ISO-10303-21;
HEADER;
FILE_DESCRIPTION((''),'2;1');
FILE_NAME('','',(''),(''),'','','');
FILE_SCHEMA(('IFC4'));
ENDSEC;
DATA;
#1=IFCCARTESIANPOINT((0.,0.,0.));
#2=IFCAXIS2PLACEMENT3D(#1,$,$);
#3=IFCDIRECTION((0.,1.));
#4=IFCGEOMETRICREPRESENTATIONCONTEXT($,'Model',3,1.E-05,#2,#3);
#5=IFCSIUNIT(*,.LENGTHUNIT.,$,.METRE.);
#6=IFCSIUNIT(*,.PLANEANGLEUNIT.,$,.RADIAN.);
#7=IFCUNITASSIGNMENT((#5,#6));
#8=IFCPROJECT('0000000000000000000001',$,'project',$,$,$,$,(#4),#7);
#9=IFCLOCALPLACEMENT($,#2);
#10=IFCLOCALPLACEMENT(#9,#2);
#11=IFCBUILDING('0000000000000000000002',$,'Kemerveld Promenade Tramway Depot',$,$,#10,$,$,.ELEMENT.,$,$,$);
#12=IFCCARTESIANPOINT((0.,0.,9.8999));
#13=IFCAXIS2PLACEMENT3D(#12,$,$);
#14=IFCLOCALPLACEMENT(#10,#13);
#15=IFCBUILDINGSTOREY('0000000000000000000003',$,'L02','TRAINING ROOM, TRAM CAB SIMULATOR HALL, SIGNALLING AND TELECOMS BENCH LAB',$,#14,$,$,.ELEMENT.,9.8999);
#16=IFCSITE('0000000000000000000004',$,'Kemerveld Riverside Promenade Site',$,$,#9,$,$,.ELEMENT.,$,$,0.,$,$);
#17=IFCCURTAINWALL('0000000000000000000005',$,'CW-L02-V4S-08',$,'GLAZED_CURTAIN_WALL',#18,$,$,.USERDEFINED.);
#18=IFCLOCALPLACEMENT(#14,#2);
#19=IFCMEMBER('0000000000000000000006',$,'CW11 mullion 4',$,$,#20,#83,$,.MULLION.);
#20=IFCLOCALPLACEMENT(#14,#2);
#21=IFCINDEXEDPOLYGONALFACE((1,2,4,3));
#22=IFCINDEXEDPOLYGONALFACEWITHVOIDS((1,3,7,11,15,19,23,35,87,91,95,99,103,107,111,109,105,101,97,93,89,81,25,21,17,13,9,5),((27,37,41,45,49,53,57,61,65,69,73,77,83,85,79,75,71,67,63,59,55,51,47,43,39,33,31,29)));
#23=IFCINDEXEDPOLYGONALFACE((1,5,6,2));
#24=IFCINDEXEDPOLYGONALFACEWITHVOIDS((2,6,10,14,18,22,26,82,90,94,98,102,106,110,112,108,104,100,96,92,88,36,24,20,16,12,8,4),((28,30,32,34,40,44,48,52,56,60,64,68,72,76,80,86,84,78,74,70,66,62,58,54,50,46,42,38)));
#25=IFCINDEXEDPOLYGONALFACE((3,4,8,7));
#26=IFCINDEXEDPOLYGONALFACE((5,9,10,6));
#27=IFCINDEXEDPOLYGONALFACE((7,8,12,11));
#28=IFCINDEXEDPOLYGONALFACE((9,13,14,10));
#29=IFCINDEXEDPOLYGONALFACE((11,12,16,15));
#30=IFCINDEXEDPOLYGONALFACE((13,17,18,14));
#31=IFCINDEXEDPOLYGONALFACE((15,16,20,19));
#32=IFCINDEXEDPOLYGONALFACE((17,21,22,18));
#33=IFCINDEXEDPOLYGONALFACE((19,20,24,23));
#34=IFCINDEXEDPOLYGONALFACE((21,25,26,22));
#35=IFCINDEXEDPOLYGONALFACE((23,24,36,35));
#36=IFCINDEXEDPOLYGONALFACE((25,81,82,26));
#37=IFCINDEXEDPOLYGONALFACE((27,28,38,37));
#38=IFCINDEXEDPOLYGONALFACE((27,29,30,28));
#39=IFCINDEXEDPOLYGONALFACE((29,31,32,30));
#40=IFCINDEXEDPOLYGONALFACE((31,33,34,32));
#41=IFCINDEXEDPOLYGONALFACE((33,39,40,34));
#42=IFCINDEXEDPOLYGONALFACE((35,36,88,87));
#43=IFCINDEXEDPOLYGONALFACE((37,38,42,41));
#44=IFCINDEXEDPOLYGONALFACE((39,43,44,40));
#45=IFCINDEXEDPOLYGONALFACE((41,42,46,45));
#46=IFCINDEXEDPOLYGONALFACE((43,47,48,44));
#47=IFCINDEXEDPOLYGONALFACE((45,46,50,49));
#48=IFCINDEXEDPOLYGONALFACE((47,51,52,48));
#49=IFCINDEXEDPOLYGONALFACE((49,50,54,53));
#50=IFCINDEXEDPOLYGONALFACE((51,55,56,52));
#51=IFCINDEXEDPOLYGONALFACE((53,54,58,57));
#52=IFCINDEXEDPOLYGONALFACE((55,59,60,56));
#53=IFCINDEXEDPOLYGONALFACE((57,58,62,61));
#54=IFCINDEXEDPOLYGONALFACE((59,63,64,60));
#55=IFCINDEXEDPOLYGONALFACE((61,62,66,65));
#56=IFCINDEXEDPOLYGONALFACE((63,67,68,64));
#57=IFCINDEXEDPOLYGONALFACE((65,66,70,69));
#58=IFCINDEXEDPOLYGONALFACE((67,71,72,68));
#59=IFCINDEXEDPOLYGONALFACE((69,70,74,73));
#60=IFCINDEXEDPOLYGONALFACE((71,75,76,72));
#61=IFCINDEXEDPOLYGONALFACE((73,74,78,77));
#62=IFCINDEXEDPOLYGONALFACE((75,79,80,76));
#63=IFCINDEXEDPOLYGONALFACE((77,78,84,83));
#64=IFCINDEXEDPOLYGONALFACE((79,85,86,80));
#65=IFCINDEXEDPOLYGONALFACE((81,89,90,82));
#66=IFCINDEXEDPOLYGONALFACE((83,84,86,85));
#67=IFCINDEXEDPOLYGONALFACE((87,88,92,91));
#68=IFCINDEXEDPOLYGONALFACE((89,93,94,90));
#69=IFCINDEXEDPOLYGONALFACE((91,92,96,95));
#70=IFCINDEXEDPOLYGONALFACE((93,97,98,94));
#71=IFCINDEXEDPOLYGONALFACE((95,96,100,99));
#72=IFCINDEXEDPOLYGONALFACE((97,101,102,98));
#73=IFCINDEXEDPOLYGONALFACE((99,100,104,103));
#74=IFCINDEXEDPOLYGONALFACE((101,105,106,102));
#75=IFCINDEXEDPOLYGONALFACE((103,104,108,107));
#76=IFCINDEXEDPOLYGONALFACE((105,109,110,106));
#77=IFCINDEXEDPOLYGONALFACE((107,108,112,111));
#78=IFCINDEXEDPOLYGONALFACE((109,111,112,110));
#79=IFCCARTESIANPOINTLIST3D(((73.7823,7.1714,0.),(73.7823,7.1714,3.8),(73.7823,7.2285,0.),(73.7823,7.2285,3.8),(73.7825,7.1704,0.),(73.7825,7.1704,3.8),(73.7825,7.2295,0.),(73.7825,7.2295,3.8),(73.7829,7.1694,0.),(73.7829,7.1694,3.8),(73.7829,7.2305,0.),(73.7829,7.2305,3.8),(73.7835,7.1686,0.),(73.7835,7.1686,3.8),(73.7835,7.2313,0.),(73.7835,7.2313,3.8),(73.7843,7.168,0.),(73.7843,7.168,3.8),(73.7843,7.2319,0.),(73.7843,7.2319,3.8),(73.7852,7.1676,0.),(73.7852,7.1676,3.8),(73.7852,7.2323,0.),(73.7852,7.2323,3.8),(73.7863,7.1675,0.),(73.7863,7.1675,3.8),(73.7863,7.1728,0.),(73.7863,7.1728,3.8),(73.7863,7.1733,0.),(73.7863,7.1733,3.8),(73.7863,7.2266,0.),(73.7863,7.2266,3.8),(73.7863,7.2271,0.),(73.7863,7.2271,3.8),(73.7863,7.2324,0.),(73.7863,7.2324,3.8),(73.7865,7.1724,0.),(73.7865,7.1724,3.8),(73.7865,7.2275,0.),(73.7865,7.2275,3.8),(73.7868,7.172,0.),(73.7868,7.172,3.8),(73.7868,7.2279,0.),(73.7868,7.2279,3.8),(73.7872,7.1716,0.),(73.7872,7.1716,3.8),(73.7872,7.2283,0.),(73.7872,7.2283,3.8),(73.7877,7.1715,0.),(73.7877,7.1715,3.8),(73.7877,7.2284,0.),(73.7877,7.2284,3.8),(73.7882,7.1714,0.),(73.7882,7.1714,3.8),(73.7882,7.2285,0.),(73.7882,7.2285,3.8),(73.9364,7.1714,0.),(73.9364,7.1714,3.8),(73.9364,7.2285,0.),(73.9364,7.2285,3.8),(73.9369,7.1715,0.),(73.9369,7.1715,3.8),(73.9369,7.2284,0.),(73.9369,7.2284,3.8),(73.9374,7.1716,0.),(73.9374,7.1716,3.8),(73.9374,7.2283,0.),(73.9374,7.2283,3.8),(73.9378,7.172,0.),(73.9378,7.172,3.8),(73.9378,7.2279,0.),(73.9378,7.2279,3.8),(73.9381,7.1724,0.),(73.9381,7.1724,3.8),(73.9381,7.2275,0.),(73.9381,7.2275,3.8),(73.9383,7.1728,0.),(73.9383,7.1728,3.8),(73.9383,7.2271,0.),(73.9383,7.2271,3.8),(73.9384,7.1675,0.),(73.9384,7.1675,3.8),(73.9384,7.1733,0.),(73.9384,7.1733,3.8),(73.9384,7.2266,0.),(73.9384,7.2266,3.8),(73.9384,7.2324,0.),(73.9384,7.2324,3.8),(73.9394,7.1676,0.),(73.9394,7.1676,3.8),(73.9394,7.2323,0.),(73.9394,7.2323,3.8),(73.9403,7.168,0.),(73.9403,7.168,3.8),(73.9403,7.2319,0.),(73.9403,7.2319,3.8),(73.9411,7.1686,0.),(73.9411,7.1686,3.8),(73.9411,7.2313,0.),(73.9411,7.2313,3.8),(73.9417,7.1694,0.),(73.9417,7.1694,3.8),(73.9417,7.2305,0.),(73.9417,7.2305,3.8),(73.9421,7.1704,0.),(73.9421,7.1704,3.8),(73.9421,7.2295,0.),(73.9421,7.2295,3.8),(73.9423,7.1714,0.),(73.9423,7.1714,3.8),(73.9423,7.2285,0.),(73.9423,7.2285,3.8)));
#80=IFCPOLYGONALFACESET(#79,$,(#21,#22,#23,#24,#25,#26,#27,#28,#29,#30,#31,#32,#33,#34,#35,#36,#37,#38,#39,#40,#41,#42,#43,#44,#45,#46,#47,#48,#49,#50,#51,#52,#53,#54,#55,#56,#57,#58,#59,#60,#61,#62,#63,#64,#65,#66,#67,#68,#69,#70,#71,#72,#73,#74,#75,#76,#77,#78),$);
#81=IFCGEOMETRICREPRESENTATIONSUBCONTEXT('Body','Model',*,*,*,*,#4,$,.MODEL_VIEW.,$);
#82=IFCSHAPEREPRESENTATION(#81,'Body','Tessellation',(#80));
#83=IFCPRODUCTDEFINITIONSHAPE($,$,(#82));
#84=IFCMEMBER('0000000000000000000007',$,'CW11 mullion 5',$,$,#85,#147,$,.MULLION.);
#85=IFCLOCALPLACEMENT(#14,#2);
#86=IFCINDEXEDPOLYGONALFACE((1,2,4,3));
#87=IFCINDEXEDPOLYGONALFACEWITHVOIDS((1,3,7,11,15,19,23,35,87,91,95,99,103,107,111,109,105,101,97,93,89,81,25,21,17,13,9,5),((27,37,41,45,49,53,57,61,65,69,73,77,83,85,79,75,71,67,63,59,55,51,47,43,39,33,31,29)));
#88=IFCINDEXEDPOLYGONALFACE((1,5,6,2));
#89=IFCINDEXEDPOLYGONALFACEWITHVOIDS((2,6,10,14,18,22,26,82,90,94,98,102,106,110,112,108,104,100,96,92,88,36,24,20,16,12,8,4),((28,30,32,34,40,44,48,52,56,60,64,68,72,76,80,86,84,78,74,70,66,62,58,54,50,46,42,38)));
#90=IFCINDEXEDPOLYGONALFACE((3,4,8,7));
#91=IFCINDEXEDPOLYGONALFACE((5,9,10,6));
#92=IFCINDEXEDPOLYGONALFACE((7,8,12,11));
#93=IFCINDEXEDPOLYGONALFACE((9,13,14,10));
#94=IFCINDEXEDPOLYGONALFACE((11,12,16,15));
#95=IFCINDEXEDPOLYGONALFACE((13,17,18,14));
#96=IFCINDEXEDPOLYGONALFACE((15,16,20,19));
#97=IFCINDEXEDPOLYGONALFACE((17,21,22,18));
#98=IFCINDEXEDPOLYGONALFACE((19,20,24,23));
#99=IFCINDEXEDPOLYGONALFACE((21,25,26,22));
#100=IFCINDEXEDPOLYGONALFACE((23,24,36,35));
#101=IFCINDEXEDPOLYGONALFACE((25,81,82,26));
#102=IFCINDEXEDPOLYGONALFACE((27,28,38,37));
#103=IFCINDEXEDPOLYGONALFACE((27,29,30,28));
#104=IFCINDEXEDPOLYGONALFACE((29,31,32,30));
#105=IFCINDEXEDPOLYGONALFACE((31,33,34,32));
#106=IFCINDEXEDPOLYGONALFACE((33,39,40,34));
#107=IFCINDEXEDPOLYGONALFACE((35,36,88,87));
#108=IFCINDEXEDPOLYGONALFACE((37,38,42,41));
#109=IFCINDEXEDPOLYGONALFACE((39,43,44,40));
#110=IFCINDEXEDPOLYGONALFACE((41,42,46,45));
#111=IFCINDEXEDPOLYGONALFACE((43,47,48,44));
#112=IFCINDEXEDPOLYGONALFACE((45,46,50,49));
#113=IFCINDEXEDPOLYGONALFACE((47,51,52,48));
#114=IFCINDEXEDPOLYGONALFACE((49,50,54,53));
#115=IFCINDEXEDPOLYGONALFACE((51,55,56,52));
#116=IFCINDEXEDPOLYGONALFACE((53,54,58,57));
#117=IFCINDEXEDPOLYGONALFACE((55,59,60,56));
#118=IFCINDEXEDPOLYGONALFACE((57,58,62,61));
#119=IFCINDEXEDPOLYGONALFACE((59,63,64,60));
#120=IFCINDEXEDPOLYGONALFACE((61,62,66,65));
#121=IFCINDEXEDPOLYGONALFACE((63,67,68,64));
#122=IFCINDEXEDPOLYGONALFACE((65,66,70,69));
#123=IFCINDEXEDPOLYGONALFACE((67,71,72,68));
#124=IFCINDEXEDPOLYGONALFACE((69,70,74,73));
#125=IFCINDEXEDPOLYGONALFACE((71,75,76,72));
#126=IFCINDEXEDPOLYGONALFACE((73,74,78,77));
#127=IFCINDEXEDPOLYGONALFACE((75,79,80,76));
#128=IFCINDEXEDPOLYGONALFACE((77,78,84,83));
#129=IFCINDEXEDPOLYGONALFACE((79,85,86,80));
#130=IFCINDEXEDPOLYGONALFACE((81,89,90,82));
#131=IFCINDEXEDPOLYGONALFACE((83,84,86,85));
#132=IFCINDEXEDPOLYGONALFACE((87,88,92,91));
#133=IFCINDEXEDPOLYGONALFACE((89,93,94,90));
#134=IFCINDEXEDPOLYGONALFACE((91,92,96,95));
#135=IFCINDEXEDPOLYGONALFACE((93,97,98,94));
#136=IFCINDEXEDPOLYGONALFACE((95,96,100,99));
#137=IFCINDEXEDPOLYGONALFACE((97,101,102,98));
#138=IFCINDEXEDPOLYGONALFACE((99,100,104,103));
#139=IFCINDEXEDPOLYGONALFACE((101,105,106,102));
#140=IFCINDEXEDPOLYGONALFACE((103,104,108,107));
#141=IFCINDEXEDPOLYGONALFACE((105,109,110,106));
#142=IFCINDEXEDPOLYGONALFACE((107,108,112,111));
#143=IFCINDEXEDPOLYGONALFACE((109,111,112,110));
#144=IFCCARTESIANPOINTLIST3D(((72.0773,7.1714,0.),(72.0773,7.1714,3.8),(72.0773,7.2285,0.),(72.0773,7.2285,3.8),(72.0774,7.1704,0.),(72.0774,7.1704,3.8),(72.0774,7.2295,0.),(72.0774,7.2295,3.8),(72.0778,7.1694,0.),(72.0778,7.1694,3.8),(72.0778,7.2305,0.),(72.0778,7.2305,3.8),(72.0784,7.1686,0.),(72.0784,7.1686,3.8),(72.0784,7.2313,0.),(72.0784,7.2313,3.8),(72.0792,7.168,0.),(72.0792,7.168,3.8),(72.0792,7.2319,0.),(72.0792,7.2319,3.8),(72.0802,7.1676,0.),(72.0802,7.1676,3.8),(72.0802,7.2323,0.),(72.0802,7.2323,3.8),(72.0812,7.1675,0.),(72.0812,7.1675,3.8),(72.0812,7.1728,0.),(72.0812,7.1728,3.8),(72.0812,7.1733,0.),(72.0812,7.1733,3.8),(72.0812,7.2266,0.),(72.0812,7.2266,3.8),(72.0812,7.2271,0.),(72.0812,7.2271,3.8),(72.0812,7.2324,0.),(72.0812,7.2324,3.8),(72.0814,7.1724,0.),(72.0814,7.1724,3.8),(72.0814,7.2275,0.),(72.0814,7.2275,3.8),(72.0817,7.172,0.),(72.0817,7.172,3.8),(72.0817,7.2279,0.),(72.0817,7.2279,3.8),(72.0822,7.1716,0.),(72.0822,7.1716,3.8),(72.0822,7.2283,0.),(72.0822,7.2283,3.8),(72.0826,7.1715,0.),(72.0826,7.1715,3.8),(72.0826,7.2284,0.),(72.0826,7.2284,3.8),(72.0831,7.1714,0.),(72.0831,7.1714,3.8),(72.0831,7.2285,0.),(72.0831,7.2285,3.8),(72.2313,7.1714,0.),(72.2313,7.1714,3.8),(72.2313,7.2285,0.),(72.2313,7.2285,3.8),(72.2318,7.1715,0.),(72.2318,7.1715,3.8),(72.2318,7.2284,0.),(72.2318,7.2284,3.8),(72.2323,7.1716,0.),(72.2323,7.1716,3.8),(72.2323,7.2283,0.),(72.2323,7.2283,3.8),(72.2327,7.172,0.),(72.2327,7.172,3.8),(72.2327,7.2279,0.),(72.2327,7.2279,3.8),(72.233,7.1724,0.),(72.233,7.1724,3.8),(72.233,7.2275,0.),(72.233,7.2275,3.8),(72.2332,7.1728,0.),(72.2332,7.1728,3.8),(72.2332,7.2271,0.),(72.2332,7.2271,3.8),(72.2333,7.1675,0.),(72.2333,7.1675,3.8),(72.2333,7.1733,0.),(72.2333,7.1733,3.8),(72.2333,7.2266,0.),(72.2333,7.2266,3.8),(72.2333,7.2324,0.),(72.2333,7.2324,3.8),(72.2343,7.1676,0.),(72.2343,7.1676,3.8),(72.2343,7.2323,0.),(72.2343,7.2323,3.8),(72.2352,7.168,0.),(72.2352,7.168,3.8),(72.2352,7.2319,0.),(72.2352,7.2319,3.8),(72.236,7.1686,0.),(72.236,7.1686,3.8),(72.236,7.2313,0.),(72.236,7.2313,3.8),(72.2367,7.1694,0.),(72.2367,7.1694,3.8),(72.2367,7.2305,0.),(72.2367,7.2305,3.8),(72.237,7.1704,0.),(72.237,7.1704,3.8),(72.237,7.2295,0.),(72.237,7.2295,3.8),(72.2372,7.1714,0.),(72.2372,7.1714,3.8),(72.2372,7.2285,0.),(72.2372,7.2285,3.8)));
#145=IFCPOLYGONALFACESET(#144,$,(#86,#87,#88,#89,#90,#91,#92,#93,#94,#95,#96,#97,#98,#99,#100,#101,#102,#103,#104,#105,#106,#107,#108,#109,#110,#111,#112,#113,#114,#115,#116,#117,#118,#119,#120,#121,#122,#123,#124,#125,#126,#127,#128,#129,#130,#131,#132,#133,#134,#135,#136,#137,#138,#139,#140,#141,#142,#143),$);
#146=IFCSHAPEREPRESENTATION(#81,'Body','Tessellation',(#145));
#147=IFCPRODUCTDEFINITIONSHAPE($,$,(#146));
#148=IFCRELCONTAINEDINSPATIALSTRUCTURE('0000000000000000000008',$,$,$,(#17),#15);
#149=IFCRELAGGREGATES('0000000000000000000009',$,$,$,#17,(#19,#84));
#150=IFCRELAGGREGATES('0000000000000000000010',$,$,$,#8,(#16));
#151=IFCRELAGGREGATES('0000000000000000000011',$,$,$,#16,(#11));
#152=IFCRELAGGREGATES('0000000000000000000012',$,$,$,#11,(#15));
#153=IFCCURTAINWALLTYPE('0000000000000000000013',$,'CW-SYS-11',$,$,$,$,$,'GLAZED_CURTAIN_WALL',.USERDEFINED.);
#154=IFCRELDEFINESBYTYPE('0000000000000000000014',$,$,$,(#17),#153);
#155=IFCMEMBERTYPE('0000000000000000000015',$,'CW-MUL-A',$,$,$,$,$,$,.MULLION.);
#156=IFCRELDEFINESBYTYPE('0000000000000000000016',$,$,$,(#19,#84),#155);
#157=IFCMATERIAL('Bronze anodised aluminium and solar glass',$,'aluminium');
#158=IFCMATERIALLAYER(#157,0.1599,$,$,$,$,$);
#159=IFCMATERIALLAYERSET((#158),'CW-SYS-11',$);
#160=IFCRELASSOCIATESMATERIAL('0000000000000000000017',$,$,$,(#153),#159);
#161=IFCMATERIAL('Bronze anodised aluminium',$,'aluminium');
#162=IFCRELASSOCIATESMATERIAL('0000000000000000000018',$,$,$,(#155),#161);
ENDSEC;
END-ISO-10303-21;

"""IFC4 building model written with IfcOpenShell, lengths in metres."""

from ifc_helpers import new_model, si_unit, direction, frame, origin, origin_2d, place, context, subcontext, project, spatial, hollow_rectangle, extrude, material, layer, layer_set, material_profile, profile_set, type_object, element, aggregate, save


model = new_model("IFC4")

# Units and contexts
model_context = context("Model", 3, precision=1e-05, world=origin(), true_north=direction((0.0, 1.0)))
body_context = subcontext(model_context, "Body", "Model", "MODEL_VIEW")
ifc_project = project(units=[si_unit("LENGTHUNIT", "METRE"), si_unit("PLANEANGLEUNIT", "RADIAN")], contexts=[model_context])

# Site, building, storey
site_placement = place(None, origin())
site = spatial("IfcSite", under=ifc_project, at=site_placement, Name="Kemerveld Riverside Promenade Site", CompositionType="ELEMENT", RefElevation=0.0)
building_placement = place(site_placement, origin())
building = spatial("IfcBuilding", under=site, at=building_placement, Name="Kemerveld Promenade Tramway Depot", CompositionType="ELEMENT")
storey_placement = place(building_placement, frame((0.0, 0.0, 9.8999)))
storey = spatial("IfcBuildingStorey", under=building, at=storey_placement, Name="L02", Description="TRAINING ROOM, TRAM CAB SIMULATOR HALL, SIGNALLING AND TELECOMS BENCH LAB", CompositionType="ELEMENT", Elevation=9.8999)

# Curtain wall, members
ifc_material_1 = material(Name="Bronze anodised aluminium and solar glass", Category="aluminium")
ifc_layer_1 = layer(ifc_material_1, 0.1599)
ifc_layer_set_1 = layer_set([ifc_layer_1], Name="CW-SYS-11")
curtain_wall_type = type_object("IfcCurtainWallType", Name="CW-SYS-11", ElementType="GLAZED_CURTAIN_WALL", PredefinedType="USERDEFINED", material=ifc_layer_set_1)
curtain_wall_placement = place(storey_placement, origin())
curtain_wall = element("IfcCurtainWall", 1, at=curtain_wall_placement, inside=storey, type_object=curtain_wall_type, Name="CW-L02-V4S-08", ObjectType="GLAZED_CURTAIN_WALL", PredefinedType="USERDEFINED")
ifc_material_2 = material(Name="Bronze anodised aluminium", Category="aluminium")
ifc_material_profile_1 = material_profile(ifc_material_2, hollow_rectangle(XDim=0.0649, YDim=0.1599, WallThickness=0.0039, InnerFilletRadius=0.002, OuterFilletRadius=0.0039, at=origin_2d()), Name="CW-MUL-160x65")
ifc_profile_set_1 = profile_set([ifc_material_profile_1], Name="Bronze anodised aluminium")
member_type_1 = type_object("IfcMemberType", Name="CW-MUL-A", PredefinedType="MULLION", material=ifc_profile_set_1)
member_1_placement = place(storey_placement, frame((73.8623, 7.2, 0.0), z_axis=(0.0, 0.0, 1.0), x_axis=(0.0, -1.0, 0.0)))
member_1 = element("IfcMember", 2, at=member_1_placement, type_object=member_type_1, Name="CW11 mullion 4", PredefinedType="MULLION", context=body_context, shape_type="SweptSolid", body=[
    extrude(hollow_rectangle(XDim=0.0649, YDim=0.1599, WallThickness=0.0039, InnerFilletRadius=0.002, OuterFilletRadius=0.0039, at=origin_2d()), origin(), (0.0, 0.0, 1.0), 3.8),
])
member_2_placement = place(storey_placement, frame((72.1572, 7.2, 0.0), z_axis=(0.0, 0.0, 1.0), x_axis=(0.0, -1.0, 0.0)))
member_2 = element("IfcMember", 3, at=member_2_placement, type_object=member_type_1, Name="CW11 mullion 5", PredefinedType="MULLION", context=body_context, shape_type="SweptSolid", body=[
    extrude(hollow_rectangle(XDim=0.0649, YDim=0.1599, WallThickness=0.0039, InnerFilletRadius=0.002, OuterFilletRadius=0.0039, at=origin_2d()), origin(), (0.0, 0.0, 1.0), 3.8),
])

aggregate(curtain_wall, [member_1, member_2])

save(model, "model.ifc")
